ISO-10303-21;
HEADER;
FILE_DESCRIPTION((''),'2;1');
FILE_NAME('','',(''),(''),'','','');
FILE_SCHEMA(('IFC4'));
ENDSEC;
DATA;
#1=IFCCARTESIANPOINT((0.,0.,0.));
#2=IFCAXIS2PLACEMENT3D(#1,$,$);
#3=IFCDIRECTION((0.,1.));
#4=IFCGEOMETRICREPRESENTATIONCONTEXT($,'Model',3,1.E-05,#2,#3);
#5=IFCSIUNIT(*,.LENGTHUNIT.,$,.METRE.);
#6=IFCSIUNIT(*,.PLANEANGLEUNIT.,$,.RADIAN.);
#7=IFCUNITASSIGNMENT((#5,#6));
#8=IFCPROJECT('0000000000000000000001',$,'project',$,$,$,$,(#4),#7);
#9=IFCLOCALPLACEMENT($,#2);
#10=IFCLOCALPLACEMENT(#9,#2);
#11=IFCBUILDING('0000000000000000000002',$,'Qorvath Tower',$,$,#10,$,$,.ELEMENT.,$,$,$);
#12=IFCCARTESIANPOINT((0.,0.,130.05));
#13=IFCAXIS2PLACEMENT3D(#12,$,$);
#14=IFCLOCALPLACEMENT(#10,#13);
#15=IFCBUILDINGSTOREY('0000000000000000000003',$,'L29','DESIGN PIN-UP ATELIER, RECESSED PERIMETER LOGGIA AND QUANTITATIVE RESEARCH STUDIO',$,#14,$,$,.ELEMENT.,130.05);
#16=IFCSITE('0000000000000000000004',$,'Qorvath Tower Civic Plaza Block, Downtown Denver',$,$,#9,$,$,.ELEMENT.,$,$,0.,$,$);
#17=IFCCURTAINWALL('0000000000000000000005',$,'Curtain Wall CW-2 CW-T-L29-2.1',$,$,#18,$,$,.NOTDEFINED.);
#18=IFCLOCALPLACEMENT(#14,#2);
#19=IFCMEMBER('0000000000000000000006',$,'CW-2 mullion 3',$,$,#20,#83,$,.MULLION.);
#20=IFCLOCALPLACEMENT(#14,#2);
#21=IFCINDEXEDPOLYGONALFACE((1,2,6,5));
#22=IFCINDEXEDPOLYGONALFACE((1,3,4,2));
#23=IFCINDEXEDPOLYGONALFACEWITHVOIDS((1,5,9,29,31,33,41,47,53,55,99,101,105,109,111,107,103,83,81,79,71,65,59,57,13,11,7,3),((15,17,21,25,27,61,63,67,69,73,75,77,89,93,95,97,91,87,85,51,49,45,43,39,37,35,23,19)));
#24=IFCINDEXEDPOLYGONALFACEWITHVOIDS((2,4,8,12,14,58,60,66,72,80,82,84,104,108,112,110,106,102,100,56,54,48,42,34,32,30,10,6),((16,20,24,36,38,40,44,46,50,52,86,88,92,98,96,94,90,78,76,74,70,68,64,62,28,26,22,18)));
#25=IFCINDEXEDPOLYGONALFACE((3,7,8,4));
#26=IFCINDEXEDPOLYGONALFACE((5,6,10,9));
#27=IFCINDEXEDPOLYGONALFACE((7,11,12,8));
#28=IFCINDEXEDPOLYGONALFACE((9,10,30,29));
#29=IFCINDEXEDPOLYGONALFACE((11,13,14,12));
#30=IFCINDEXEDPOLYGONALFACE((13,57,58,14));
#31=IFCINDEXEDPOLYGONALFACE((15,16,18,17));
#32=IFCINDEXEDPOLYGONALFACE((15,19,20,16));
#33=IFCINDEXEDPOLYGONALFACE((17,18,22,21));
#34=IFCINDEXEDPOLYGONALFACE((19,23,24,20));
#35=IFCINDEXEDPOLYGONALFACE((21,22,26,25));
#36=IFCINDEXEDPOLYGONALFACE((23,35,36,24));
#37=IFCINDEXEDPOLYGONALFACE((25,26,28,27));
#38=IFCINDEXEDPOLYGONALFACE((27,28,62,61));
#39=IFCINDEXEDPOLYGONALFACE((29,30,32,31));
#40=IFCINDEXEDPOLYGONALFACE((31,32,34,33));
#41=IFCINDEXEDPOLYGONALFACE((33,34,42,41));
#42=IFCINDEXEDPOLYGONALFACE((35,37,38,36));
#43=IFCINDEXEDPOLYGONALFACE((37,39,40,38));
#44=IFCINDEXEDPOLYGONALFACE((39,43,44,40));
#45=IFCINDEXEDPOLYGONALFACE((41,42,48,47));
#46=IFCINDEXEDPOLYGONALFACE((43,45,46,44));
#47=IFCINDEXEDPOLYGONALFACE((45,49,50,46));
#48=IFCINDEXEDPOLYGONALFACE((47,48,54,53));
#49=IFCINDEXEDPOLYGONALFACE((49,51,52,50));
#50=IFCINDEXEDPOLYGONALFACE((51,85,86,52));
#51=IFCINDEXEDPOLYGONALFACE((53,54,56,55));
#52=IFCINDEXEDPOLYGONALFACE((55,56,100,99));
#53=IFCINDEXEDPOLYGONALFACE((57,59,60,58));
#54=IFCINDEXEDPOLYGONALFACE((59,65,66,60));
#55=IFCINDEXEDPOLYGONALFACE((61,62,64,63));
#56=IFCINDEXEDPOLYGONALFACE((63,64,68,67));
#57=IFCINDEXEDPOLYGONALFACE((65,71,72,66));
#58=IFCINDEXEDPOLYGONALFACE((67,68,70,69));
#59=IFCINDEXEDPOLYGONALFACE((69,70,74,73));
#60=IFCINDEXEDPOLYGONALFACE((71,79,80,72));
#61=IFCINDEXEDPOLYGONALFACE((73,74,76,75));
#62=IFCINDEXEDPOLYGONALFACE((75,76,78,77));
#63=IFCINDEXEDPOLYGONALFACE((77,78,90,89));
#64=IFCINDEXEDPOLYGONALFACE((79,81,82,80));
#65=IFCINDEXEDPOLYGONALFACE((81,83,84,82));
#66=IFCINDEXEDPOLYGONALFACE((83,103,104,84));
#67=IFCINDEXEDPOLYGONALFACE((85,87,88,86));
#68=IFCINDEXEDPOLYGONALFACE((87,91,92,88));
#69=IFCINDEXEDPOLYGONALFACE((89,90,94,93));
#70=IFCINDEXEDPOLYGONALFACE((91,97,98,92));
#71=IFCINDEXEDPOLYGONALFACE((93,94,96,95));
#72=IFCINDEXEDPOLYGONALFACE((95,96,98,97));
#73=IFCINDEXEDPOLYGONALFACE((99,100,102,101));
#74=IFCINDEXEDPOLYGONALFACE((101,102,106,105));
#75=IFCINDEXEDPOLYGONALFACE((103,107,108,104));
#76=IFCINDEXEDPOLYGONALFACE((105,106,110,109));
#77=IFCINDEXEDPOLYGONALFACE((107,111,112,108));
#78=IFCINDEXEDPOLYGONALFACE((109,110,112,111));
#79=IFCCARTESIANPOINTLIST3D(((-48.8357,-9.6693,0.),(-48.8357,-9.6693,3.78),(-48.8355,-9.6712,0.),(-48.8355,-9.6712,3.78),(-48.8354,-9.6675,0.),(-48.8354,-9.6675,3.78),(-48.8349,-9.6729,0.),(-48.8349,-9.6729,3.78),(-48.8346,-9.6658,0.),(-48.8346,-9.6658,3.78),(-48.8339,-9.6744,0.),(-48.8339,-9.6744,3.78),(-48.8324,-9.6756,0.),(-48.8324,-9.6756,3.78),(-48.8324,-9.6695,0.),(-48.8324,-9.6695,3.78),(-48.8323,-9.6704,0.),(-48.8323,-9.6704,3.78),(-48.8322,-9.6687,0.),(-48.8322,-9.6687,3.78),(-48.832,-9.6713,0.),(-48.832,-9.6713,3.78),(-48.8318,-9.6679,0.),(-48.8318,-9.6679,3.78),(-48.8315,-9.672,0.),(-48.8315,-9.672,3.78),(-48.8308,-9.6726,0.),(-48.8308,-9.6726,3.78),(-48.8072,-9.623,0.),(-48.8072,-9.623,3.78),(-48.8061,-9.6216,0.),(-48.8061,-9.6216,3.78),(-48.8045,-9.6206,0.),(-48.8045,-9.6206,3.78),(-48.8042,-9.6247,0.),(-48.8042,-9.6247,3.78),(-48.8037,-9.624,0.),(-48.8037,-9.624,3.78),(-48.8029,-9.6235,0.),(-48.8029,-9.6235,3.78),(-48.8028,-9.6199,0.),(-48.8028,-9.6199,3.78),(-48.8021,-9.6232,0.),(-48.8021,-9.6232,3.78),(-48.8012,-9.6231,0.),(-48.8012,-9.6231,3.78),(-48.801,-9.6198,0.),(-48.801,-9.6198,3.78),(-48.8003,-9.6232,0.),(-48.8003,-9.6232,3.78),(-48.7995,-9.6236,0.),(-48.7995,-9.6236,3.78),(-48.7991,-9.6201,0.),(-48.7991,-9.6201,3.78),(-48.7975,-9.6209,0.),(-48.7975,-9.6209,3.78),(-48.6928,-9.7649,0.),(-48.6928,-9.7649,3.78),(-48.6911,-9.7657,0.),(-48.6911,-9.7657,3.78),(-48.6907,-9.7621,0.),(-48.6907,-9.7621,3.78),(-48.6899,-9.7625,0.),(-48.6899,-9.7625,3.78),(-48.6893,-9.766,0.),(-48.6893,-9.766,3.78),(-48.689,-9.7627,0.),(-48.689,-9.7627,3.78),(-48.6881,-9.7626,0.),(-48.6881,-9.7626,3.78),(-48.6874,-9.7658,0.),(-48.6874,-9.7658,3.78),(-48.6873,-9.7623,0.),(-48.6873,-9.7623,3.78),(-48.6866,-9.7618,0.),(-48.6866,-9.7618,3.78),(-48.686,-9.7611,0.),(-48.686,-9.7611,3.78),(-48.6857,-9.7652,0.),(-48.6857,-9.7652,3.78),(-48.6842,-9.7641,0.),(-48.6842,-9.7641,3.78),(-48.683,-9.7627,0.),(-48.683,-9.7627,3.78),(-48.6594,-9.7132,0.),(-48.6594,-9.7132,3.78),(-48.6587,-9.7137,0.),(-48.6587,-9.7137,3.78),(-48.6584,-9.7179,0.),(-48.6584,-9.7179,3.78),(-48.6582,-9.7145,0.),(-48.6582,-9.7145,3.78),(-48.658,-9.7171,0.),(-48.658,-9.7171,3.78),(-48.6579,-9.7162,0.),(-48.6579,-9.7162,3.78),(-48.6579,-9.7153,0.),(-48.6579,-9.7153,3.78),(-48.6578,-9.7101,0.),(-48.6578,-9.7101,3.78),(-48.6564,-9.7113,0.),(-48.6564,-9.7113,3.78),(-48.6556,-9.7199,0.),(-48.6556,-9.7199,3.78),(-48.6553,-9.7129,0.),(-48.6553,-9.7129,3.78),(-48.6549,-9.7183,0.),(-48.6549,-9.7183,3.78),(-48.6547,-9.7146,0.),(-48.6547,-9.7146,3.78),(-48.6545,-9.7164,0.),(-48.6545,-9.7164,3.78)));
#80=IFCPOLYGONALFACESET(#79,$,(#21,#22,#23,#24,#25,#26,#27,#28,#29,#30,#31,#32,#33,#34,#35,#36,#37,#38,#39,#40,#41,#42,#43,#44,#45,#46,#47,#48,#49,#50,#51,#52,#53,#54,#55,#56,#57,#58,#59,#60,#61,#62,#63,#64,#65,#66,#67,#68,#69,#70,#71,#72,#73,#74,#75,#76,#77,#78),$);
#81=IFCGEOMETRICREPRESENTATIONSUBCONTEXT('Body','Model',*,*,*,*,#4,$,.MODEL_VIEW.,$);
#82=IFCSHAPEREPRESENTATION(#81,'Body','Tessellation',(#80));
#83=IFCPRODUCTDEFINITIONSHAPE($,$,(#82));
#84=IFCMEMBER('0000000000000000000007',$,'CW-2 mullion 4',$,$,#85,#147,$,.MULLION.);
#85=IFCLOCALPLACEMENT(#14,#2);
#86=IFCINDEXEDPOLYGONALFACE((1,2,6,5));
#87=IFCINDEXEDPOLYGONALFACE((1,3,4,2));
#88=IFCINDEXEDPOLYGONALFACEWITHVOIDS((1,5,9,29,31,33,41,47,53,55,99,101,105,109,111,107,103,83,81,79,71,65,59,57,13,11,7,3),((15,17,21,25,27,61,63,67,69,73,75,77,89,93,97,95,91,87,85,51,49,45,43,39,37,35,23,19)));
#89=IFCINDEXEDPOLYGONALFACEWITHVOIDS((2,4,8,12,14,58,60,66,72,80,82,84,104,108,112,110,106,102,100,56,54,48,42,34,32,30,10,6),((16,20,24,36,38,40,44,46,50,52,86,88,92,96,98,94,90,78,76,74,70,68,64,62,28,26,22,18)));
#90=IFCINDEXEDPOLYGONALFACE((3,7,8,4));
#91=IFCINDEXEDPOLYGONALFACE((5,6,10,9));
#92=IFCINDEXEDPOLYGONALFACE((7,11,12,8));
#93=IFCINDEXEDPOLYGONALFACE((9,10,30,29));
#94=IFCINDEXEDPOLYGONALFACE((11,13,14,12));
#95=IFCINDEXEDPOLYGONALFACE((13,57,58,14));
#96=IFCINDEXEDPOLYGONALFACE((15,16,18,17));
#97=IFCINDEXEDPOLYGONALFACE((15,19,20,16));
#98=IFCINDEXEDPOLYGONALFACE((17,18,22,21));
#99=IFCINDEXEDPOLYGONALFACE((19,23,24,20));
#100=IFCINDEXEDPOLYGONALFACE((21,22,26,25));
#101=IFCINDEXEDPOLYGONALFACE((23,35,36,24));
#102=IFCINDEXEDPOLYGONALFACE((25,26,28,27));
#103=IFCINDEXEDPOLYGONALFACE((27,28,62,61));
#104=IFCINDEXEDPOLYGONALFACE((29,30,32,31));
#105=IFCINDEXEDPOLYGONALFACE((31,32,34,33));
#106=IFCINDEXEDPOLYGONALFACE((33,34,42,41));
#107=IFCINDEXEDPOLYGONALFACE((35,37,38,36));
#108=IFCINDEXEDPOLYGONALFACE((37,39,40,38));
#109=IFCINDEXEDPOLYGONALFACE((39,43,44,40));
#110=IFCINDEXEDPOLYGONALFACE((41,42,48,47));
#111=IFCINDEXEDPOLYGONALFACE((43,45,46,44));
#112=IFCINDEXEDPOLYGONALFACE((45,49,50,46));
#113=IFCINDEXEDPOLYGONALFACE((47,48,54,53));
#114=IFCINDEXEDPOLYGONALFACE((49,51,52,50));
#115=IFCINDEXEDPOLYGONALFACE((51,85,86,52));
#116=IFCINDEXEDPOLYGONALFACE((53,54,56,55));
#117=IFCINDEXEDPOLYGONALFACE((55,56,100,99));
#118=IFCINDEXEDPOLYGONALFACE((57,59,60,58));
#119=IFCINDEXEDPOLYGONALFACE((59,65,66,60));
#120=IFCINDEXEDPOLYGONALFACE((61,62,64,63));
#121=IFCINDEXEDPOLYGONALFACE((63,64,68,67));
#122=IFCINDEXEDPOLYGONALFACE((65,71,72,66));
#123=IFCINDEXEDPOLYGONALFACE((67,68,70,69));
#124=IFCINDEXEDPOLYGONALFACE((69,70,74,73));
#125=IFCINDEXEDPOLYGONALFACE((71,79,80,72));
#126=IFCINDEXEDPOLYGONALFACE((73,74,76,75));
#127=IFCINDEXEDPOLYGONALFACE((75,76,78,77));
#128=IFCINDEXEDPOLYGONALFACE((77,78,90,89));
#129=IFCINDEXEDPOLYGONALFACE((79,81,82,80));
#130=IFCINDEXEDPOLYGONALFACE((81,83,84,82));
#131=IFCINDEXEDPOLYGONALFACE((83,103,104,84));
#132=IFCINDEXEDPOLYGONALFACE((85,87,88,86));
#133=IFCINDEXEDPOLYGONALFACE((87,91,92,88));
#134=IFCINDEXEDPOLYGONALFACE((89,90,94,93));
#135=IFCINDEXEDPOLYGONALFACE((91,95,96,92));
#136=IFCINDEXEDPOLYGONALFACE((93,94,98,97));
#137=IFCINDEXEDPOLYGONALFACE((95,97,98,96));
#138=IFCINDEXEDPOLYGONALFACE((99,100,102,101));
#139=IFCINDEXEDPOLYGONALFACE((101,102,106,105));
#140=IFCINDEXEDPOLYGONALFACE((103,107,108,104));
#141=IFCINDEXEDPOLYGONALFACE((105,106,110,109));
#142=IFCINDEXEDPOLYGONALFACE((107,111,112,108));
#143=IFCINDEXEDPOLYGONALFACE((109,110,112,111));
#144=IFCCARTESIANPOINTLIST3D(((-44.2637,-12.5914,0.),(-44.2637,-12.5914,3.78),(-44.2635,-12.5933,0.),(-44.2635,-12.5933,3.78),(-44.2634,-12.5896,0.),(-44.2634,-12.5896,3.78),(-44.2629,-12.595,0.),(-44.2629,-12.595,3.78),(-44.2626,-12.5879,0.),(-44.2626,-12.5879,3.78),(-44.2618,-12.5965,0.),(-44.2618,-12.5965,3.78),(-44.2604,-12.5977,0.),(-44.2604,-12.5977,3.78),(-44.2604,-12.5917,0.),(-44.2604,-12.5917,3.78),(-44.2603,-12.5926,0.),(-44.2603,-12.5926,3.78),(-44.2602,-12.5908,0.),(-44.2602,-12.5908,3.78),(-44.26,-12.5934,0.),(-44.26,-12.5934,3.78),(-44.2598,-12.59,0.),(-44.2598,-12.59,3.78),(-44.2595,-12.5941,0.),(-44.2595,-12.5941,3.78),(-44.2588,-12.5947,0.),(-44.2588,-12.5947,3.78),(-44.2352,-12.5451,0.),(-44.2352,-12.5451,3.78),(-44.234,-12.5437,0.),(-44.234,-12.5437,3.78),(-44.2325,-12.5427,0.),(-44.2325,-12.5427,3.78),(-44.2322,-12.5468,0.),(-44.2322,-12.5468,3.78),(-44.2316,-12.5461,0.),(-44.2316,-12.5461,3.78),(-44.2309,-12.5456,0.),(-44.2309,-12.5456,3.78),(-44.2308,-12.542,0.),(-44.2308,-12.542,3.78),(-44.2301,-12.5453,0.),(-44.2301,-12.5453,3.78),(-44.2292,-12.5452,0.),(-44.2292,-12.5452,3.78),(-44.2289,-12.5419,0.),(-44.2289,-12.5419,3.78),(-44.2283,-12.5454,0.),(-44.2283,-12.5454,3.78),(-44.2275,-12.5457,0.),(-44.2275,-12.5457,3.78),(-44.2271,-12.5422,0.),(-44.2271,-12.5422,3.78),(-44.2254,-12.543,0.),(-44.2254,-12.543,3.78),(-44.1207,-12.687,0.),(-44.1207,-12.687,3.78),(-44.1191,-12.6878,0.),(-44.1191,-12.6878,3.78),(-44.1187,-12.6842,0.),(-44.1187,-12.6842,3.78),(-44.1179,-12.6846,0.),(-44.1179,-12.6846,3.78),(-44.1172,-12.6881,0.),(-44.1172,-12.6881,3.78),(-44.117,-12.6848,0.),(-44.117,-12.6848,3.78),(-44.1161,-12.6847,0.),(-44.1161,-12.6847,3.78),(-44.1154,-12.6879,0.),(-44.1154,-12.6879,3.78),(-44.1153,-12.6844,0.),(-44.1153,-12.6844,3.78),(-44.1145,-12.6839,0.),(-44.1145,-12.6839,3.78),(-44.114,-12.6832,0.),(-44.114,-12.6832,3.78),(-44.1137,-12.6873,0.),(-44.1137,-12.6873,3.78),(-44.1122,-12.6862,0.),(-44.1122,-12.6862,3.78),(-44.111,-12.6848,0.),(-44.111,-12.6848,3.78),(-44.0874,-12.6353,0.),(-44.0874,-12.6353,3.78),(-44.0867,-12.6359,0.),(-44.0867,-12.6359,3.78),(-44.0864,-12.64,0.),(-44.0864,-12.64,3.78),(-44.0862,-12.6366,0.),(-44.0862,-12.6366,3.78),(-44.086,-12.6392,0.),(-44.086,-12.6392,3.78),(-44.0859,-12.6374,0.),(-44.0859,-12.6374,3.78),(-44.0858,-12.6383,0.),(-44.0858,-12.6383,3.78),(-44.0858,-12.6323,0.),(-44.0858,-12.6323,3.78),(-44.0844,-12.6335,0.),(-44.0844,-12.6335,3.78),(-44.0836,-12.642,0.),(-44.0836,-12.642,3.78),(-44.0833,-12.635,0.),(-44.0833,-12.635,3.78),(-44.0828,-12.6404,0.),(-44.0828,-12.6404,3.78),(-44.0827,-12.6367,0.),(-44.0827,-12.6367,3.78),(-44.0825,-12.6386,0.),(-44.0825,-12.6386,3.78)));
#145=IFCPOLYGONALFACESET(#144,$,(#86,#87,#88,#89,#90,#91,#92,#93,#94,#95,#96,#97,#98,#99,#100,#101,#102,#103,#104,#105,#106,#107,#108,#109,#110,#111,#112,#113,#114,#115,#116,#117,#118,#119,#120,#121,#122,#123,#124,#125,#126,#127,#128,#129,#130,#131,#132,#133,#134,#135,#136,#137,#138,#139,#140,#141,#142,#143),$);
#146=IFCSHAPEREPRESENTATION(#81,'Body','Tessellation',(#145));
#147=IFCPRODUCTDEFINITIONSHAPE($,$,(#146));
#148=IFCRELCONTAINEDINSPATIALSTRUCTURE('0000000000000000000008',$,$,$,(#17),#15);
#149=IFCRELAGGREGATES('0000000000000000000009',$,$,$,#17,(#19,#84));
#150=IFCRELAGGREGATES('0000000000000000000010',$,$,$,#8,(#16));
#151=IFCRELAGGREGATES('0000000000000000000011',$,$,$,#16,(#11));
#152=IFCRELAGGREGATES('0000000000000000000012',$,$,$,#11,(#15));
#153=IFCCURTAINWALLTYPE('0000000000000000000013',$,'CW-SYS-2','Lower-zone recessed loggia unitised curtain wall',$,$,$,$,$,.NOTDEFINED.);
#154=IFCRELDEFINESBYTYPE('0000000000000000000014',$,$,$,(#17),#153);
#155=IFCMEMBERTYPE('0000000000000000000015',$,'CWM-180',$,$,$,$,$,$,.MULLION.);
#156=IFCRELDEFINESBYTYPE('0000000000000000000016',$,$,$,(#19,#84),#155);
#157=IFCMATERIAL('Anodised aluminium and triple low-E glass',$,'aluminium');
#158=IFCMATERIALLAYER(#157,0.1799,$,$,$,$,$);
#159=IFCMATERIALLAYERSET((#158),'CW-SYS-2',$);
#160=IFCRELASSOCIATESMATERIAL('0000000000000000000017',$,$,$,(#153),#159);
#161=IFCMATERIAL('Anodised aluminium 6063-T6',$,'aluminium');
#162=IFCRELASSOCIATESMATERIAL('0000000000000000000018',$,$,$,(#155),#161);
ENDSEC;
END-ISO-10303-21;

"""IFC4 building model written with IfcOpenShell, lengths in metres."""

from ifc_helpers import new_model, si_unit, direction, frame, origin, origin_2d, place, context, subcontext, project, spatial, hollow_rectangle, extrude, material, layer, layer_set, material_profile, profile_set, type_object, element, aggregate, save


model = new_model("IFC4")

# Units and contexts
model_context = context("Model", 3, precision=1e-05, world=origin(), true_north=direction((0.0, 1.0)))
body_context = subcontext(model_context, "Body", "Model", "MODEL_VIEW")
ifc_project = project(units=[si_unit("LENGTHUNIT", "METRE"), si_unit("PLANEANGLEUNIT", "RADIAN")], contexts=[model_context])

# Site, building, storey
site_placement = place(None, origin())
site = spatial("IfcSite", under=ifc_project, at=site_placement, Name="Qorvath Tower Civic Plaza Block, Downtown Denver", CompositionType="ELEMENT", RefElevation=0.0)
building_placement = place(site_placement, origin())
building = spatial("IfcBuilding", under=site, at=building_placement, Name="Qorvath Tower", CompositionType="ELEMENT")
storey_placement = place(building_placement, frame((0.0, 0.0, 130.05)))
storey = spatial("IfcBuildingStorey", under=building, at=storey_placement, Name="L29", Description="DESIGN PIN-UP ATELIER, RECESSED PERIMETER LOGGIA AND QUANTITATIVE RESEARCH STUDIO", CompositionType="ELEMENT", Elevation=130.05)

# Curtain wall, members
ifc_material_1 = material(Name="Anodised aluminium and triple low-E glass", Category="aluminium")
ifc_layer_1 = layer(ifc_material_1, 0.1799)
ifc_layer_set_1 = layer_set([ifc_layer_1], Name="CW-SYS-2")
curtain_wall_type = type_object("IfcCurtainWallType", Name="CW-SYS-2", Description="Lower-zone recessed loggia unitised curtain wall", PredefinedType="NOTDEFINED", material=ifc_layer_set_1)
curtain_wall_placement = place(storey_placement, origin())
curtain_wall = element("IfcCurtainWall", 1, at=curtain_wall_placement, inside=storey, type_object=curtain_wall_type, Name="Curtain Wall CW-2 CW-T-L29-2.1", PredefinedType="NOTDEFINED")
ifc_material_2 = material(Name="Anodised aluminium 6063-T6", Category="aluminium")
ifc_material_profile_1 = material_profile(ifc_material_2, hollow_rectangle(XDim=0.0649, YDim=0.1799, WallThickness=0.0034, InnerFilletRadius=0.0034, OuterFilletRadius=0.0071, at=origin_2d()), Name="CWM 180x65")
ifc_profile_set_1 = profile_set([ifc_material_profile_1], Name="Anodised aluminium 6063-T6")
member_type_1 = type_object("IfcMemberType", Name="CWM-180", PredefinedType="MULLION", material=ifc_profile_set_1)
member_1_placement = place(storey_placement, frame((-48.7451, -9.6929, 0.0), z_axis=(0.0, 0.0, 1.0), x_axis=(0.538534, 0.842604, 0.0)))
member_1 = element("IfcMember", 2, at=member_1_placement, type_object=member_type_1, Name="CW-2 mullion 3", PredefinedType="MULLION", context=body_context, shape_type="SweptSolid", body=[
    extrude(hollow_rectangle(XDim=0.0649, YDim=0.1799, WallThickness=0.0034, InnerFilletRadius=0.0034, OuterFilletRadius=0.0071, at=origin_2d()), origin(), (0.0, 0.0, 1.0), 3.78),
])
member_2_placement = place(storey_placement, frame((-44.1731, -12.615, 0.0), z_axis=(0.0, 0.0, 1.0), x_axis=(0.538534, 0.842604, 0.0)))
member_2 = element("IfcMember", 3, at=member_2_placement, type_object=member_type_1, Name="CW-2 mullion 4", PredefinedType="MULLION", context=body_context, shape_type="SweptSolid", body=[
    extrude(hollow_rectangle(XDim=0.0649, YDim=0.1799, WallThickness=0.0034, InnerFilletRadius=0.0034, OuterFilletRadius=0.0071, at=origin_2d()), origin(), (0.0, 0.0, 1.0), 3.78),
])
aggregate(curtain_wall, [member_1, member_2])

save(model, "model.ifc")
